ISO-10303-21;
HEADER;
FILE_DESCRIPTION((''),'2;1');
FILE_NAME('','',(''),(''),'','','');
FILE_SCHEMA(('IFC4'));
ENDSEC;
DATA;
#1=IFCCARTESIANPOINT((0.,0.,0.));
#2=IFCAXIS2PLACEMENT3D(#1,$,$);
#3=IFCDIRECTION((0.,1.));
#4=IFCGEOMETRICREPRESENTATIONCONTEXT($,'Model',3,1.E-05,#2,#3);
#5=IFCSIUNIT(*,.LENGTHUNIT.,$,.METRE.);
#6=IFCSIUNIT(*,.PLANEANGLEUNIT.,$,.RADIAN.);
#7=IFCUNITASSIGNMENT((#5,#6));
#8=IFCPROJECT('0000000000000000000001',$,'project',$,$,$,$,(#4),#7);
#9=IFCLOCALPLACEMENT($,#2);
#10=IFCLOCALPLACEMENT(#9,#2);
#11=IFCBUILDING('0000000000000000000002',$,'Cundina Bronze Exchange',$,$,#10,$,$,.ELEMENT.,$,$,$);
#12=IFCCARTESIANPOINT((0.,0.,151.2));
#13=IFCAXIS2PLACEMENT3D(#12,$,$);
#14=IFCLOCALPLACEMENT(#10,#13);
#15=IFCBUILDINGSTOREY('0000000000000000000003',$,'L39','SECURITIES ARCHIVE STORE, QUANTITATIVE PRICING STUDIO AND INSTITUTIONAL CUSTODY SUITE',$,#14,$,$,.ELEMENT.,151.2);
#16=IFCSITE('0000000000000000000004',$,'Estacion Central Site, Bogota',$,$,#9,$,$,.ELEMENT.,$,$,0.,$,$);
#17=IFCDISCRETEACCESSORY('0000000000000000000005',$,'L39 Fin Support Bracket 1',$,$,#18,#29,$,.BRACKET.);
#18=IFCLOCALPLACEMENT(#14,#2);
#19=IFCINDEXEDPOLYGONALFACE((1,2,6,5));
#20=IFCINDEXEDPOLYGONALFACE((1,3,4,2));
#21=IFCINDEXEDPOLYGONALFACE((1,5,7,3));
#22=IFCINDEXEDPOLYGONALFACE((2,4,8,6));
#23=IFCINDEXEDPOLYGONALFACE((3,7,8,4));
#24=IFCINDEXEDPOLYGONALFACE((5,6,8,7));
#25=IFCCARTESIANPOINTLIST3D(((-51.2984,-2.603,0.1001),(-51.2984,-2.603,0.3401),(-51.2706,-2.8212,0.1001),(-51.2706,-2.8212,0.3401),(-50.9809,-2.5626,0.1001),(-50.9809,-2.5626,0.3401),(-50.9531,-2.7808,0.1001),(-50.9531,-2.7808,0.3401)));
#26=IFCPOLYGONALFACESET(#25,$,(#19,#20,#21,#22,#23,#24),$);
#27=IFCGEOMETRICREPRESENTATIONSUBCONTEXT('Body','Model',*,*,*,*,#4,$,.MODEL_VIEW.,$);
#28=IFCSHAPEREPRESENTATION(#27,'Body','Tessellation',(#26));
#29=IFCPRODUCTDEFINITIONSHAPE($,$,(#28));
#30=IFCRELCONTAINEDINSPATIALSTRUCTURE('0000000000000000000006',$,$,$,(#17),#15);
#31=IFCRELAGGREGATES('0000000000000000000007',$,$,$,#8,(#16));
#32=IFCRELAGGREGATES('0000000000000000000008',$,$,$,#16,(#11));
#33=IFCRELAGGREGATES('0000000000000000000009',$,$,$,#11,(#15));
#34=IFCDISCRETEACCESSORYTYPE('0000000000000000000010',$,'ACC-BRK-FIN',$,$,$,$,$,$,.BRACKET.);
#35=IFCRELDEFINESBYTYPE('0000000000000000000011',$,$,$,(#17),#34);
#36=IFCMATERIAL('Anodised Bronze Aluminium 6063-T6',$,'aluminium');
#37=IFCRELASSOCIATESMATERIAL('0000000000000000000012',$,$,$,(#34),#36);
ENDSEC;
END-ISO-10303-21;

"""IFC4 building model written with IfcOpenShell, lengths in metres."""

from ifc_helpers import new_model, si_unit, direction, frame, origin, origin_2d, place, context, subcontext, project, spatial, rectangle, extrude, material, type_object, element, save


model = new_model("IFC4")

# Units and contexts
model_context = context("Model", 3, precision=1e-05, world=origin(), true_north=direction((0.0, 1.0)))
body_context = subcontext(model_context, "Body", "Model", "MODEL_VIEW")
ifc_project = project(units=[si_unit("LENGTHUNIT", "METRE"), si_unit("PLANEANGLEUNIT", "RADIAN")], contexts=[model_context])

# Site, building, storey
site_placement = place(None, origin())
site = spatial("IfcSite", under=ifc_project, at=site_placement, Name="Estacion Central Site, Bogota", CompositionType="ELEMENT", RefElevation=0.0)
building_placement = place(site_placement, origin())
building = spatial("IfcBuilding", under=site, at=building_placement, Name="Cundina Bronze Exchange", CompositionType="ELEMENT")
storey_placement = place(building_placement, frame((0.0, 0.0, 151.2)))
storey = spatial("IfcBuildingStorey", under=building, at=storey_placement, Name="L39", Description="SECURITIES ARCHIVE STORE, QUANTITATIVE PRICING STUDIO AND INSTITUTIONAL CUSTODY SUITE", CompositionType="ELEMENT", Elevation=151.2)

# Shared definitions
ifc_material_1 = material(Name="Anodised Bronze Aluminium 6063-T6", Category="aluminium")

# Discrete accessory
discrete_accessory_type = type_object("IfcDiscreteAccessoryType", Name="ACC-BRK-FIN", PredefinedType="BRACKET", material=ifc_material_1)
discrete_accessory_placement = place(storey_placement, frame((-51.1257, -2.6919, 0.1001), z_axis=(0.0, 0.0, 1.0), x_axis=(0.126476, -0.99197, 0.0)))
element("IfcDiscreteAccessory", 1, at=discrete_accessory_placement, inside=storey, type_object=discrete_accessory_type, Name="L39 Fin Support Bracket 1", PredefinedType="BRACKET", context=body_context, shape_type="SweptSolid", body=[
    extrude(rectangle(XDim=0.22, YDim=0.3201, at=origin_2d()), origin(), (0.0, 0.0, 1.0), 0.24),
])

save(model, "model.ifc")
